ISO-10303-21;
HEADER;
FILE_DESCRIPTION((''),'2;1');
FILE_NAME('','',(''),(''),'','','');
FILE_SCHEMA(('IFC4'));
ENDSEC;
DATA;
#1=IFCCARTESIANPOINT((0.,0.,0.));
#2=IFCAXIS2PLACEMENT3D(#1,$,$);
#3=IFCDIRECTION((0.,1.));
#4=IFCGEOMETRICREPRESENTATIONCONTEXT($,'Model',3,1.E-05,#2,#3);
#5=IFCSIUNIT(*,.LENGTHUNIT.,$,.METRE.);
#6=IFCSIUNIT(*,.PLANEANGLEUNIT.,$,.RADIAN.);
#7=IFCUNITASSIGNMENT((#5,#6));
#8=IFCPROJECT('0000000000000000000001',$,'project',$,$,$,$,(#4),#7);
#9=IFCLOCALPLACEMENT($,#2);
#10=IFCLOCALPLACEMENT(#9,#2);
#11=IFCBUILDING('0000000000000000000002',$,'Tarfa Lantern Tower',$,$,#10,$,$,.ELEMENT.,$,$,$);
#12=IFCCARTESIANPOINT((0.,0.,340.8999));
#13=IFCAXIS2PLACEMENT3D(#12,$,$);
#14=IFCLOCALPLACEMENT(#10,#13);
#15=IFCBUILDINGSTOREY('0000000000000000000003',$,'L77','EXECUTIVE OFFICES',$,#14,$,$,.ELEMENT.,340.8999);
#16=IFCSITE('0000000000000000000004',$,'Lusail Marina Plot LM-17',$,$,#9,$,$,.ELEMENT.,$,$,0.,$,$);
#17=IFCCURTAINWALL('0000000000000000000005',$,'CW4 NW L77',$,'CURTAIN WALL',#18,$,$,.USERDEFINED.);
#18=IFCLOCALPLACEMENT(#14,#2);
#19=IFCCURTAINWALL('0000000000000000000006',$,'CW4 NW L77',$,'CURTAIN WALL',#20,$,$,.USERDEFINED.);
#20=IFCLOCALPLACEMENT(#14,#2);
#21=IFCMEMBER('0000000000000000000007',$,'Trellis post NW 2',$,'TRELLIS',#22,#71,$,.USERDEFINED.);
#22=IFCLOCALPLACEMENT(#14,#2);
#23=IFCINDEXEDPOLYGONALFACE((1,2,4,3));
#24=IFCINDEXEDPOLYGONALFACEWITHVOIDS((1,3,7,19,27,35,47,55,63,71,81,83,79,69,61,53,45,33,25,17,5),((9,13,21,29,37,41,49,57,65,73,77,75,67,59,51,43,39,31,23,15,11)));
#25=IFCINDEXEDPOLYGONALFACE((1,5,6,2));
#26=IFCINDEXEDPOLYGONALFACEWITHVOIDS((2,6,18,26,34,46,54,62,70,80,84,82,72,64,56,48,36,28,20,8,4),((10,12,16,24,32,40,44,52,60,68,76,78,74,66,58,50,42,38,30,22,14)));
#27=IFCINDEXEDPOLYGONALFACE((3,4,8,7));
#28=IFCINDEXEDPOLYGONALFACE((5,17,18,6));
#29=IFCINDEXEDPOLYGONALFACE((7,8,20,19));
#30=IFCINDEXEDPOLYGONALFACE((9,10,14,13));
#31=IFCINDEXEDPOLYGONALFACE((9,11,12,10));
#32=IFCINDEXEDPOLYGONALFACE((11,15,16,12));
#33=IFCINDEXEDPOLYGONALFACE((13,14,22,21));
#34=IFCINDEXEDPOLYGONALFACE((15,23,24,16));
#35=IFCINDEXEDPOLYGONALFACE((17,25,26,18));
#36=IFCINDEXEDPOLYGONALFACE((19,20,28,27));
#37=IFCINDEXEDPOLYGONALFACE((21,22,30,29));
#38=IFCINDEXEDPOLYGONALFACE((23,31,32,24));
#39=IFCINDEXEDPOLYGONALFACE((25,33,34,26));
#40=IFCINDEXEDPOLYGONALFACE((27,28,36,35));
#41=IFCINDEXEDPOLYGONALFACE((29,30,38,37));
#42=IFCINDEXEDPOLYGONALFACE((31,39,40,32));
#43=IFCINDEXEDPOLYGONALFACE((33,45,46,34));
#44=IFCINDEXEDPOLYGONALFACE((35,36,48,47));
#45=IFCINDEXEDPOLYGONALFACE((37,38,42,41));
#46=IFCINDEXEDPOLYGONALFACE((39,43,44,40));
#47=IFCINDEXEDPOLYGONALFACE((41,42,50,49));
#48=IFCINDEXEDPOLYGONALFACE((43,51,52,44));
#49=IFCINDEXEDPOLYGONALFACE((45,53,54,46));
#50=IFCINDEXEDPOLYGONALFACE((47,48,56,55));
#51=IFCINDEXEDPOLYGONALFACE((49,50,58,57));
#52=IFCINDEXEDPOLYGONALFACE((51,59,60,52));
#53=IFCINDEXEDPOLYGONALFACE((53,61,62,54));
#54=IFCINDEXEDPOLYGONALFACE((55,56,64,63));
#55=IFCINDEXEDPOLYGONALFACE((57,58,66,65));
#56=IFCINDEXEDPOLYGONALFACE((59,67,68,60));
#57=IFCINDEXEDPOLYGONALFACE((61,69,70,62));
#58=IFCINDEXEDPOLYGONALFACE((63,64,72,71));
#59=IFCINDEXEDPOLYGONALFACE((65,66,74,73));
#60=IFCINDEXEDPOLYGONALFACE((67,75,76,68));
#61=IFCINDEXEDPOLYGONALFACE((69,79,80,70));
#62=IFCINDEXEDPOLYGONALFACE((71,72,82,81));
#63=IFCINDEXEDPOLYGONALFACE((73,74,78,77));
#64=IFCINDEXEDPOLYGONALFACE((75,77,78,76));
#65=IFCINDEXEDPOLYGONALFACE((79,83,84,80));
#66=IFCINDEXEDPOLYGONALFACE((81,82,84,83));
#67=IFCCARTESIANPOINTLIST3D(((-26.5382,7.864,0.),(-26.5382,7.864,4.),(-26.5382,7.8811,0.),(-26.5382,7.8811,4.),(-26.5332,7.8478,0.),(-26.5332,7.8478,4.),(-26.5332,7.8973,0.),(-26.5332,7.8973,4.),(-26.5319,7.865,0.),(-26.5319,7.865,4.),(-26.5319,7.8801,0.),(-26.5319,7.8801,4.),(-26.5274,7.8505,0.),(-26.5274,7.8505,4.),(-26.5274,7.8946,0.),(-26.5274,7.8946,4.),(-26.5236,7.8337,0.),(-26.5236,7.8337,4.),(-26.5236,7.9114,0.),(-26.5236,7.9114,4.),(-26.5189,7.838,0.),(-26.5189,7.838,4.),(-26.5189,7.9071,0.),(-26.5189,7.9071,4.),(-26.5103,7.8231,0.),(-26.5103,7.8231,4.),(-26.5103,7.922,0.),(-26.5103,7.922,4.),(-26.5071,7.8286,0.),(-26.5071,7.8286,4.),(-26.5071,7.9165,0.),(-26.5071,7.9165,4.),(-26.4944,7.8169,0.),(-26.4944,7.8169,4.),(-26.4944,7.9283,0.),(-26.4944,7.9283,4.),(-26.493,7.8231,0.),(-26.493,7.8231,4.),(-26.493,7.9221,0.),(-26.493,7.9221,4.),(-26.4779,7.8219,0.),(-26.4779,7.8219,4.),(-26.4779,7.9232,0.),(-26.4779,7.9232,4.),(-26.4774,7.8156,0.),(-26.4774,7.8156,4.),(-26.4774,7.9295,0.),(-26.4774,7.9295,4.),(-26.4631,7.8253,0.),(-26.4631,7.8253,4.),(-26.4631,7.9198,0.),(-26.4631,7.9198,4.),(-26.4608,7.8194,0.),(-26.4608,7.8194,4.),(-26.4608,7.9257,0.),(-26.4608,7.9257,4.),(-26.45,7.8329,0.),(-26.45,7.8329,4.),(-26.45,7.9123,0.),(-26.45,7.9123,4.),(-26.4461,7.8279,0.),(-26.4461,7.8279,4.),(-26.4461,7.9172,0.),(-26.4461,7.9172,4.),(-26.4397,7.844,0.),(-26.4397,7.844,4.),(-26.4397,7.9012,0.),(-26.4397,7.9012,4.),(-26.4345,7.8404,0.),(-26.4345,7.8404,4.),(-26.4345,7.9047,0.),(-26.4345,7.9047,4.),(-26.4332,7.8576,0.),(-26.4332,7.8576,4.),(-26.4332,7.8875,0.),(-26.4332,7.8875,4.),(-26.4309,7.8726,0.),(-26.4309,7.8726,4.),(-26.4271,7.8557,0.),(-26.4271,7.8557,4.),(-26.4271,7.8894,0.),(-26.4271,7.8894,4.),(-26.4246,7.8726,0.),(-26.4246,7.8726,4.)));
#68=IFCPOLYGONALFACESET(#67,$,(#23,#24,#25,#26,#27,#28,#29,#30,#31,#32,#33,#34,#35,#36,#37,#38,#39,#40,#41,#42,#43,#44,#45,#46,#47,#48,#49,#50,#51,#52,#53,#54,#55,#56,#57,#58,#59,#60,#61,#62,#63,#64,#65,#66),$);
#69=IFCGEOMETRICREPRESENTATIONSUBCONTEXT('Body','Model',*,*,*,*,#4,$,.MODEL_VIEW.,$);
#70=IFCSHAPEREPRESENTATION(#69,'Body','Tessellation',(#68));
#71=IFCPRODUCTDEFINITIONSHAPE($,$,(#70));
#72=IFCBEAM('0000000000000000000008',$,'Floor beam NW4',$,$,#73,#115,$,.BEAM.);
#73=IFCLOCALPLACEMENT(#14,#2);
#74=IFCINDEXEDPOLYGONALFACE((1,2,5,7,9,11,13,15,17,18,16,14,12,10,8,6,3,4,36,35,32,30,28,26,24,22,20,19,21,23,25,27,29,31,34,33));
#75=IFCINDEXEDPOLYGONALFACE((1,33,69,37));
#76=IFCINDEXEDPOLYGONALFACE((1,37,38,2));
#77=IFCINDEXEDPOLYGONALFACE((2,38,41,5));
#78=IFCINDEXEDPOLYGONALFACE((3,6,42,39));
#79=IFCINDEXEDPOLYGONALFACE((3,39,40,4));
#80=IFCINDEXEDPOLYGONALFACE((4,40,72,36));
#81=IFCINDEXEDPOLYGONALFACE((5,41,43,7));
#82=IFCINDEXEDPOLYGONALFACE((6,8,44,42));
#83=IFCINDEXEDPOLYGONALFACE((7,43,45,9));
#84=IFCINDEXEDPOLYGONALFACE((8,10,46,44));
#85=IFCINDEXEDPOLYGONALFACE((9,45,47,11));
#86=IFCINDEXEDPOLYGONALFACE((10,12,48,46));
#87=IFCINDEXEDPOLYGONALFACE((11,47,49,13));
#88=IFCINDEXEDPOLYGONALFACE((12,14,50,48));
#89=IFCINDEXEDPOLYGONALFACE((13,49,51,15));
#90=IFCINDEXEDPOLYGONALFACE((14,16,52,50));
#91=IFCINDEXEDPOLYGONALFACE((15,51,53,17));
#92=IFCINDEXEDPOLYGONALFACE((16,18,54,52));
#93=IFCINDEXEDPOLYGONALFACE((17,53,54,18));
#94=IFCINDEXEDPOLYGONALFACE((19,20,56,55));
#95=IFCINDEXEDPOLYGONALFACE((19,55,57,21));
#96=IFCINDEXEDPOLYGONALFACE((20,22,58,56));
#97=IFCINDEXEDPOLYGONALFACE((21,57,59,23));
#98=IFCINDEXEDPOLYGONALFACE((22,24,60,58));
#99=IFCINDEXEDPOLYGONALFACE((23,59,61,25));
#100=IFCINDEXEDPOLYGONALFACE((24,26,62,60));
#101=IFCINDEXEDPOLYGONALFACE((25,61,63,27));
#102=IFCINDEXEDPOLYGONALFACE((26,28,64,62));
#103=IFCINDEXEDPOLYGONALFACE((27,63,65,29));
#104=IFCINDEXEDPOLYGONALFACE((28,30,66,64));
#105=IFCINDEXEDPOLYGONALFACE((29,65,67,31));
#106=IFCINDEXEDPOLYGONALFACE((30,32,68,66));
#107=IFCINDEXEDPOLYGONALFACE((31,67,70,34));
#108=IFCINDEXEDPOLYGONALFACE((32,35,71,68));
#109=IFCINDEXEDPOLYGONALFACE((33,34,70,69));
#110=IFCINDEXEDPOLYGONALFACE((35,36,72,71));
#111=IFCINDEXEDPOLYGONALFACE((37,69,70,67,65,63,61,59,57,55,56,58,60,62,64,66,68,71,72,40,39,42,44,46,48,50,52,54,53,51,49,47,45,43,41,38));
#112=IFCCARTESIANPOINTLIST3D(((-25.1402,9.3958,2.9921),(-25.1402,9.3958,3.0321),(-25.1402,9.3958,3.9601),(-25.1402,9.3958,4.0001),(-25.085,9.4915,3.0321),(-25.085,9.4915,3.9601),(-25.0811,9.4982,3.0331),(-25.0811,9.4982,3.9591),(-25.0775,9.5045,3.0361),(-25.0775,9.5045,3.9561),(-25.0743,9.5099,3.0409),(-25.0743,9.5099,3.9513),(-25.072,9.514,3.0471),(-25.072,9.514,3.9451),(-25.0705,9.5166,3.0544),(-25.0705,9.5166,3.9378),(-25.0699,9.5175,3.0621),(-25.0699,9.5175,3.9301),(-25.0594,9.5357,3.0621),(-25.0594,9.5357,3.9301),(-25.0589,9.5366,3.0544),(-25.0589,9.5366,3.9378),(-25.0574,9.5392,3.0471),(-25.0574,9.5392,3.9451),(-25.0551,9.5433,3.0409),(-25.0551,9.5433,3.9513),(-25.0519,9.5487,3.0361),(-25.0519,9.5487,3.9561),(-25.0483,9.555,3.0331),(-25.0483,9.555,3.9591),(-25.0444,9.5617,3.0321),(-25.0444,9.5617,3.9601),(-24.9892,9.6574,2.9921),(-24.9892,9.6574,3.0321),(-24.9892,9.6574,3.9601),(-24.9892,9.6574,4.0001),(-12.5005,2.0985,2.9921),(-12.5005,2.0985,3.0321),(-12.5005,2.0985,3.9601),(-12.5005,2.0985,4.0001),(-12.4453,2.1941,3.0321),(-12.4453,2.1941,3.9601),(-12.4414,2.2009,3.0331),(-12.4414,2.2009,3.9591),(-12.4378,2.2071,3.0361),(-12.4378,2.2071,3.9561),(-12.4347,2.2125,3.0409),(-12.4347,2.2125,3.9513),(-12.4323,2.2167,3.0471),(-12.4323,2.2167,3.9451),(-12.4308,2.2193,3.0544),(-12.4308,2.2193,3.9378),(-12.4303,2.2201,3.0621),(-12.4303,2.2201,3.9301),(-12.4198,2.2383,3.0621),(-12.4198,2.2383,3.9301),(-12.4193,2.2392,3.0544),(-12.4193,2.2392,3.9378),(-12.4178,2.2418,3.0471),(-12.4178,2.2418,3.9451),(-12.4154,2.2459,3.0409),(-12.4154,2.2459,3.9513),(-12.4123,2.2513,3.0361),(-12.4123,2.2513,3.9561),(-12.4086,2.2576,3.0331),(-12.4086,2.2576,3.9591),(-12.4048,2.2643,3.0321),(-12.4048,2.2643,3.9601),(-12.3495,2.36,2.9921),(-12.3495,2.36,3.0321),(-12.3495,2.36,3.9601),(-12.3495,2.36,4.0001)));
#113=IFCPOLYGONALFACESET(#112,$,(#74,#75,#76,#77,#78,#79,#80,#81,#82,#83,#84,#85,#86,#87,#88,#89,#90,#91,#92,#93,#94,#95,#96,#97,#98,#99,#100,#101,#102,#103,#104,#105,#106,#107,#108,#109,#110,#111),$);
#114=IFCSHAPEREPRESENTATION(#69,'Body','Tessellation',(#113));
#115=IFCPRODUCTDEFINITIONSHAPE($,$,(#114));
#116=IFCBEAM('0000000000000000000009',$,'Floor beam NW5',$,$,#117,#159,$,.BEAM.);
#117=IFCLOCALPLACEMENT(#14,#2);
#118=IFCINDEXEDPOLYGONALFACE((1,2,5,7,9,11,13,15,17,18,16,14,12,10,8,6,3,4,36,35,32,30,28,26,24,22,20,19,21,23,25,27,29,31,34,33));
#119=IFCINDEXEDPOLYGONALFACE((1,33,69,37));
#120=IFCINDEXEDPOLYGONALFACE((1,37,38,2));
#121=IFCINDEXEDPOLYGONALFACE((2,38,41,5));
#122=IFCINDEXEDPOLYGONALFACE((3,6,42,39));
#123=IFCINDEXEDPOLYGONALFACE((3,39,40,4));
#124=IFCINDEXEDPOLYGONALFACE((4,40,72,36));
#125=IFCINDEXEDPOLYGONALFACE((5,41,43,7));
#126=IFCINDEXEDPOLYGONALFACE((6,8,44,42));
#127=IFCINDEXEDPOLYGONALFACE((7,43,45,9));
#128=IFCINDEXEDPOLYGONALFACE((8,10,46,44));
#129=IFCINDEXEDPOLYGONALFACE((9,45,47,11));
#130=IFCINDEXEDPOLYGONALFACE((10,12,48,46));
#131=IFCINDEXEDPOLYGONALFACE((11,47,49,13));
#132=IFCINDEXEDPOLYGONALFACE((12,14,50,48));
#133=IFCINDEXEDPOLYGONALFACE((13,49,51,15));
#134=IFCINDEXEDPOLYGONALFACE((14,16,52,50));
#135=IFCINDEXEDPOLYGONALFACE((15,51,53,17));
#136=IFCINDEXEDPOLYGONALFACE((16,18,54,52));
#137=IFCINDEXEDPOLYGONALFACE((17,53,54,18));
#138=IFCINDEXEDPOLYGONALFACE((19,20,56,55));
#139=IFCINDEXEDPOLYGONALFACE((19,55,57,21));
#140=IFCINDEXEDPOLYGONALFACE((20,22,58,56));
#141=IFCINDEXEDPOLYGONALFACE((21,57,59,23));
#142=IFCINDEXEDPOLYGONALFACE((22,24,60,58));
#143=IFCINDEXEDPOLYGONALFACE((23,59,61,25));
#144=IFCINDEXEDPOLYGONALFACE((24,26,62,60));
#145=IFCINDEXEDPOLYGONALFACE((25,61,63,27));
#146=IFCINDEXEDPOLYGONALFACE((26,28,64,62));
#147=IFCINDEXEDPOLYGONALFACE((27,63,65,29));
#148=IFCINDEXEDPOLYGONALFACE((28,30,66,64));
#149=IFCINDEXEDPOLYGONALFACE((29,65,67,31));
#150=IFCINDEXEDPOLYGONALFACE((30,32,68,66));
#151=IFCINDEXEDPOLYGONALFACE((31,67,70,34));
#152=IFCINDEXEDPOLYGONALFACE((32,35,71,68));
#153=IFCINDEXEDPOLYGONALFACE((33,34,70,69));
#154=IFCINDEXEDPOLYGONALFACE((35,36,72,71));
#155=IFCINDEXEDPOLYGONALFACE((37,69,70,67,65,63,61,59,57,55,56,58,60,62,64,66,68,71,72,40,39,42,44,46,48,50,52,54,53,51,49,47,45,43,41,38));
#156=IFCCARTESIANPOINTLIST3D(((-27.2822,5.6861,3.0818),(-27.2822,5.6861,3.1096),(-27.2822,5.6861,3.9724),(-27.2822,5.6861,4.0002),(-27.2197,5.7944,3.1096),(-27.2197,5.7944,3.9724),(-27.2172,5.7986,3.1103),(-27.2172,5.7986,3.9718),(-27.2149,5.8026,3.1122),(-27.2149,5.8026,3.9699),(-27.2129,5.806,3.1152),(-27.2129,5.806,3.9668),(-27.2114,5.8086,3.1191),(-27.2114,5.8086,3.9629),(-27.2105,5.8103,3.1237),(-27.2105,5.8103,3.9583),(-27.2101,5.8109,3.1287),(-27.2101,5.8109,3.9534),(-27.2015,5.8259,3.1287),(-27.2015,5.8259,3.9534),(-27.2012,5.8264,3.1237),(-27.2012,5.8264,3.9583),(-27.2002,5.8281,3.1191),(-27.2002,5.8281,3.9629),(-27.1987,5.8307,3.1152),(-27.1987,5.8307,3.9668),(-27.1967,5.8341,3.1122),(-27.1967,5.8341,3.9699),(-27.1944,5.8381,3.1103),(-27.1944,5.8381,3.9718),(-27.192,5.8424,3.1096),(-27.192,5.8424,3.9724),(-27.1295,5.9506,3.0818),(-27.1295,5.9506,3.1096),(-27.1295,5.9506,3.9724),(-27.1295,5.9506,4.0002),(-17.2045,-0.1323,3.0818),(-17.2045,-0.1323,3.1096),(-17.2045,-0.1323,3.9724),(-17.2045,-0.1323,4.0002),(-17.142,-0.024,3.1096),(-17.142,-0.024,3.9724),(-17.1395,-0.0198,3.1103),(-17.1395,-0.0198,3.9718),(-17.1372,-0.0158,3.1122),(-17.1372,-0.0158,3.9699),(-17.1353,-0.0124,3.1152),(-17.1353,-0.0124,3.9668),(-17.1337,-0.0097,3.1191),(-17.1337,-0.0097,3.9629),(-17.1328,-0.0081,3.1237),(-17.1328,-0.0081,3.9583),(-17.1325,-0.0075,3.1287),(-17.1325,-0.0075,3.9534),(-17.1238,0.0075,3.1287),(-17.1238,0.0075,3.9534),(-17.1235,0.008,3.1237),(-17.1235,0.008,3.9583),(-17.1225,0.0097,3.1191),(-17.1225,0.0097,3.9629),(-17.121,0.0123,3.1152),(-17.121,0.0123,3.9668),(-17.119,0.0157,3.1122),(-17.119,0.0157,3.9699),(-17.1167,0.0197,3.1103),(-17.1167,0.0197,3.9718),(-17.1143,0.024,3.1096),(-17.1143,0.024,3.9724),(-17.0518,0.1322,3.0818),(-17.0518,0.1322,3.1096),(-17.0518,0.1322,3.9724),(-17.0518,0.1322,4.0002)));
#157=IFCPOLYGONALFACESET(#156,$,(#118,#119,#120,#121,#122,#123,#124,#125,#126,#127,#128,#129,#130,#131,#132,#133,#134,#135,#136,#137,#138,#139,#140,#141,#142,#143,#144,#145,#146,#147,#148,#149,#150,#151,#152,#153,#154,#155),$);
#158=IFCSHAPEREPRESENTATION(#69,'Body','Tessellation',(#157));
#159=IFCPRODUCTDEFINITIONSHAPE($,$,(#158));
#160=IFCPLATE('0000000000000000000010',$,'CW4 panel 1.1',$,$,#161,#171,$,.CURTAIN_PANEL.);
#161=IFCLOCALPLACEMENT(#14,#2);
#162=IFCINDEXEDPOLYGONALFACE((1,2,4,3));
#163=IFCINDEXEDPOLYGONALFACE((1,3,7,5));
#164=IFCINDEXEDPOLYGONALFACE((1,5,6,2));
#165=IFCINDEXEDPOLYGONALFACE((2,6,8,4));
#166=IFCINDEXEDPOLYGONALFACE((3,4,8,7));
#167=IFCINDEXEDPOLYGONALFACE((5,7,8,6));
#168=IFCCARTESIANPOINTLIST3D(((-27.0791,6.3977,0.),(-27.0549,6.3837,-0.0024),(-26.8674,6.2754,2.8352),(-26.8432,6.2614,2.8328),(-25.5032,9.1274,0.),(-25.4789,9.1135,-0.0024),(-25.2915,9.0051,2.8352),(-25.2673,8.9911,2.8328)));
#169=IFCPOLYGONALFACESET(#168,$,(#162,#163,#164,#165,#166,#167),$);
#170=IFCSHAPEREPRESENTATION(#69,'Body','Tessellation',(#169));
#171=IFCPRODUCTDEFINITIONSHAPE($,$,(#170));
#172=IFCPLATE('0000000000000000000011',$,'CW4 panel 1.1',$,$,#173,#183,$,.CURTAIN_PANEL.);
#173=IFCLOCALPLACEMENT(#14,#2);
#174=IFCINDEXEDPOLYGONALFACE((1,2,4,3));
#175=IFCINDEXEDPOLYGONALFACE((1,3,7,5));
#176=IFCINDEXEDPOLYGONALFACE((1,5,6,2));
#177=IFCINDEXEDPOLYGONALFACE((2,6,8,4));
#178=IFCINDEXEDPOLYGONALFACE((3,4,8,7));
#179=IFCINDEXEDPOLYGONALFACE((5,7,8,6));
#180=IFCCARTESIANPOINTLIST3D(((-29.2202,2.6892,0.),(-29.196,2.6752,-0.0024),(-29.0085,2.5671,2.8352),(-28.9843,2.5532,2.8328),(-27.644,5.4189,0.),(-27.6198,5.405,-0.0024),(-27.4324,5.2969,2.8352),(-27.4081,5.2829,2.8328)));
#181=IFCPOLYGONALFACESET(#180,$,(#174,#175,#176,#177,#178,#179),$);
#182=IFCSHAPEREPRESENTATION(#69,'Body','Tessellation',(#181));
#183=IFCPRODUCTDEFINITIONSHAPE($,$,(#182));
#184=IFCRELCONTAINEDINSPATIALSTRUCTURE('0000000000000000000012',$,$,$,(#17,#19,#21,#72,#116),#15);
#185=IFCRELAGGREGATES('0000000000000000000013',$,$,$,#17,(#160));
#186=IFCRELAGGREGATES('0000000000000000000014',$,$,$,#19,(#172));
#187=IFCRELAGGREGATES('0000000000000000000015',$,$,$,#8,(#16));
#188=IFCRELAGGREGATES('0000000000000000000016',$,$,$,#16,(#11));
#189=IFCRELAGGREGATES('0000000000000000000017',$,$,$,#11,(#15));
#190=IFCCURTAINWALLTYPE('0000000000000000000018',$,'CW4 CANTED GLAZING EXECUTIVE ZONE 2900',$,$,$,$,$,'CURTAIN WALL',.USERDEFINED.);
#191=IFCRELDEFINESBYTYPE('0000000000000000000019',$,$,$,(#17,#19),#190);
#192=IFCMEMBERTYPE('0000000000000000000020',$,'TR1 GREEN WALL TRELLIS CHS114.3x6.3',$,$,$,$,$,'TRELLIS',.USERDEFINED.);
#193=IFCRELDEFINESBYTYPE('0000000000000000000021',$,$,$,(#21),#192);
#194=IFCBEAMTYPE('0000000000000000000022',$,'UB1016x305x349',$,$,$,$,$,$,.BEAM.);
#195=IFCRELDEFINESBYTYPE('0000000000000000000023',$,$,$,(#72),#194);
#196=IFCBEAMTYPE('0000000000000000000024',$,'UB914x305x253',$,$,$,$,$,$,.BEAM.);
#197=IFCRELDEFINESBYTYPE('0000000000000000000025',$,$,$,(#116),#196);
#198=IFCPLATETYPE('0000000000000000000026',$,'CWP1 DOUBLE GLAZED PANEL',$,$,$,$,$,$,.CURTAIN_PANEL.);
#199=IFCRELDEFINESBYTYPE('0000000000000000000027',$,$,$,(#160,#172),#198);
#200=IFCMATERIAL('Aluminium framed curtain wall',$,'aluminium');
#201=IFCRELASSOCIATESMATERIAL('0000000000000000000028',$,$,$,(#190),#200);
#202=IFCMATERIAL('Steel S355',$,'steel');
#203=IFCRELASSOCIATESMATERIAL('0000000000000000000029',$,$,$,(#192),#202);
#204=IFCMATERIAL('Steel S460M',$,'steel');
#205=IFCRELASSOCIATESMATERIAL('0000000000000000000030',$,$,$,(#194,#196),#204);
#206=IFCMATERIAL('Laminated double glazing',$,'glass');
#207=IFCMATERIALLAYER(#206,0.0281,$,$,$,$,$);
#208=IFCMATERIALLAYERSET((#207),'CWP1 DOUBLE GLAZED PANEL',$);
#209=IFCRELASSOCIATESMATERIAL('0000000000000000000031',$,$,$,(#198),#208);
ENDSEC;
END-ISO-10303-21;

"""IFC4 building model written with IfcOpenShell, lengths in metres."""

from ifc_helpers import new_model, si_unit, direction, frame, origin, origin_2d, place, context, subcontext, project, spatial, polyline, hollow_circle, i_section, outline, extrude, material, layer, layer_set, material_profile, profile_set, type_object, element, aggregate, save


model = new_model("IFC4")

# Units and contexts
model_context = context("Model", 3, precision=1e-05, world=origin(), true_north=direction((0.0, 1.0)))
body_context = subcontext(model_context, "Body", "Model", "MODEL_VIEW")
ifc_project = project(units=[si_unit("LENGTHUNIT", "METRE"), si_unit("PLANEANGLEUNIT", "RADIAN")], contexts=[model_context])

# Site, building, storey
site_placement = place(None, origin())
site = spatial("IfcSite", under=ifc_project, at=site_placement, Name="Lusail Marina Plot LM-17", CompositionType="ELEMENT", RefElevation=0.0)
building_placement = place(site_placement, origin())
building = spatial("IfcBuilding", under=site, at=building_placement, Name="Tarfa Lantern Tower", CompositionType="ELEMENT")
storey_placement = place(building_placement, frame((0.0, 0.0, 340.8999)))
storey = spatial("IfcBuildingStorey", under=building, at=storey_placement, Name="L77", Description="EXECUTIVE OFFICES", CompositionType="ELEMENT", Elevation=340.8999)

# Shared definitions
ifc_material_1 = material(Name="Aluminium framed curtain wall", Category="aluminium")
curtain_wall_type = type_object("IfcCurtainWallType", Name="CW4 CANTED GLAZING EXECUTIVE ZONE 2900", ElementType="CURTAIN WALL", PredefinedType="USERDEFINED", material=ifc_material_1)

# Curtain walls
curtain_wall_1_placement = place(storey_placement, origin())
curtain_wall_1 = element("IfcCurtainWall", 1, at=curtain_wall_1_placement, inside=storey, type_object=curtain_wall_type, Name="CW4 NW L77", ObjectType="CURTAIN WALL", PredefinedType="USERDEFINED")
curtain_wall_2_placement = place(storey_placement, origin())
curtain_wall_2 = element("IfcCurtainWall", 2, at=curtain_wall_2_placement, inside=storey, type_object=curtain_wall_type, Name="CW4 NW L77", ObjectType="CURTAIN WALL", PredefinedType="USERDEFINED")

# Member
ifc_material_2 = material(Name="Steel S355", Category="steel")
ifc_material_profile_1 = material_profile(ifc_material_2, hollow_circle(Radius=0.0571, WallThickness=0.0063, at=origin_2d()), Name="CHS114.3x6.3")
ifc_profile_set_1 = profile_set([ifc_material_profile_1], Name="Steel S355")
member_type_1 = type_object("IfcMemberType", Name="TR1 GREEN WALL TRELLIS CHS114.3x6.3", ElementType="TRELLIS", PredefinedType="USERDEFINED", material=ifc_profile_set_1)
member_1_placement = place(storey_placement, frame((-26.4817, 7.8726, 0.0), z_axis=(0.0, 0.0, 1.0), x_axis=(1.0, 0.0, 0.0)))
element("IfcMember", 3, at=member_1_placement, inside=storey, type_object=member_type_1, Name="Trellis post NW 2", ObjectType="TRELLIS", PredefinedType="USERDEFINED", context=body_context, shape_type="SweptSolid", body=[
    extrude(hollow_circle(Radius=0.0571, WallThickness=0.0063, at=origin_2d()), origin(), (0.0, 0.0, 1.0), 4.0),
])

# Beams
ifc_material_3 = material(Name="Steel S460M", Category="steel")
ifc_material_profile_2 = material_profile(ifc_material_3, i_section(OverallWidth=0.302, OverallDepth=1.0081, WebThickness=0.021, FlangeThickness=0.04, FilletRadius=0.03, at=origin_2d()), Name="UB1016x305x349")
ifc_profile_set_2 = profile_set([ifc_material_profile_2], Name="Steel S460M")
beam_type_1 = type_object("IfcBeamType", Name="UB1016x305x349", PredefinedType="BEAM", material=ifc_profile_set_2)
beam_1_placement = place(storey_placement, frame((-25.0647, 9.5266, 3.4961), z_axis=(0.86603, -0.499993, 0.0), x_axis=(0.499993, 0.86603, 0.0)))
element("IfcBeam", 4, at=beam_1_placement, inside=storey, type_object=beam_type_1, Name="Floor beam NW4", PredefinedType="BEAM", context=body_context, shape_type="SweptSolid", body=[
    extrude(i_section(OverallWidth=0.302, OverallDepth=1.0081, WebThickness=0.021, FlangeThickness=0.04, FilletRadius=0.03, at=origin_2d()), origin(), (0.0, 0.0, 1.0), 14.595),
])
ifc_material_profile_3 = material_profile(ifc_material_3, i_section(OverallWidth=0.3054, OverallDepth=0.9185, WebThickness=0.0173, FlangeThickness=0.0278, FilletRadius=0.019, at=origin_2d()), Name="UB914x305x253")
ifc_profile_set_3 = profile_set([ifc_material_profile_3], Name="Steel S460M")
beam_type_2 = type_object("IfcBeamType", Name="UB914x305x253", PredefinedType="BEAM", material=ifc_profile_set_3)
beam_2_placement = place(storey_placement, frame((-27.2058, 5.8184, 3.541), z_axis=(0.866024, -0.500002, 0.0), x_axis=(0.500002, 0.866024, 0.0)))
element("IfcBeam", 5, at=beam_2_placement, inside=storey, type_object=beam_type_2, Name="Floor beam NW5", PredefinedType="BEAM", context=body_context, shape_type="SweptSolid", body=[
    extrude(i_section(OverallWidth=0.3054, OverallDepth=0.9185, WebThickness=0.0173, FlangeThickness=0.0278, FilletRadius=0.019, at=origin_2d()), origin(), (0.0, 0.0, 1.0), 11.6367),
])

# Plates
ifc_material_4 = material(Name="Laminated double glazing", Category="glass")
ifc_layer_1 = layer(ifc_material_4, 0.0281)
ifc_layer_set_1 = layer_set([ifc_layer_1], Name="CWP1 DOUBLE GLAZED PANEL")
plate_type = type_object("IfcPlateType", Name="CWP1 DOUBLE GLAZED PANEL", PredefinedType="CURTAIN_PANEL", material=ifc_layer_set_1)
plate_1_placement = place(storey_placement, frame((-25.5032, 9.1274, 0.0), z_axis=(-0.862836, 0.498131, 0.085907), x_axis=(-0.499979, -0.866037, 0.0)))
plate_1 = element("IfcPlate", 6, at=plate_1_placement, type_object=plate_type, Name="CW4 panel 1.1", PredefinedType="CURTAIN_PANEL", context=body_context, shape_type="SweptSolid", body=[
    extrude(outline(polyline([(0.0, 0.0), (3.152, 0.0), (3.1521, 2.8457), (0.0001, 2.8457), (0.0, 0.0)])), origin(), (0.0, 0.0, -1.0), 0.0281),
])
aggregate(curtain_wall_1, [plate_1])
plate_2_placement = place(storey_placement, frame((-27.644, 5.4189, 0.0), z_axis=(-0.862805, 0.498191, 0.085865), x_axis=(-0.500038, -0.866004, 0.0)))
plate_2 = element("IfcPlate", 7, at=plate_2_placement, type_object=plate_type, Name="CW4 panel 1.1", PredefinedType="CURTAIN_PANEL", context=body_context, shape_type="SweptSolid", body=[
    extrude(outline(polyline([(0.0, 0.0), (3.1521, 0.0), (3.152, 2.8457), (-0.0001, 2.8457), (0.0, 0.0)])), origin(), (0.0, 0.0, -1.0), 0.0281),
])
aggregate(curtain_wall_2, [plate_2])

save(model, "model.ifc")
